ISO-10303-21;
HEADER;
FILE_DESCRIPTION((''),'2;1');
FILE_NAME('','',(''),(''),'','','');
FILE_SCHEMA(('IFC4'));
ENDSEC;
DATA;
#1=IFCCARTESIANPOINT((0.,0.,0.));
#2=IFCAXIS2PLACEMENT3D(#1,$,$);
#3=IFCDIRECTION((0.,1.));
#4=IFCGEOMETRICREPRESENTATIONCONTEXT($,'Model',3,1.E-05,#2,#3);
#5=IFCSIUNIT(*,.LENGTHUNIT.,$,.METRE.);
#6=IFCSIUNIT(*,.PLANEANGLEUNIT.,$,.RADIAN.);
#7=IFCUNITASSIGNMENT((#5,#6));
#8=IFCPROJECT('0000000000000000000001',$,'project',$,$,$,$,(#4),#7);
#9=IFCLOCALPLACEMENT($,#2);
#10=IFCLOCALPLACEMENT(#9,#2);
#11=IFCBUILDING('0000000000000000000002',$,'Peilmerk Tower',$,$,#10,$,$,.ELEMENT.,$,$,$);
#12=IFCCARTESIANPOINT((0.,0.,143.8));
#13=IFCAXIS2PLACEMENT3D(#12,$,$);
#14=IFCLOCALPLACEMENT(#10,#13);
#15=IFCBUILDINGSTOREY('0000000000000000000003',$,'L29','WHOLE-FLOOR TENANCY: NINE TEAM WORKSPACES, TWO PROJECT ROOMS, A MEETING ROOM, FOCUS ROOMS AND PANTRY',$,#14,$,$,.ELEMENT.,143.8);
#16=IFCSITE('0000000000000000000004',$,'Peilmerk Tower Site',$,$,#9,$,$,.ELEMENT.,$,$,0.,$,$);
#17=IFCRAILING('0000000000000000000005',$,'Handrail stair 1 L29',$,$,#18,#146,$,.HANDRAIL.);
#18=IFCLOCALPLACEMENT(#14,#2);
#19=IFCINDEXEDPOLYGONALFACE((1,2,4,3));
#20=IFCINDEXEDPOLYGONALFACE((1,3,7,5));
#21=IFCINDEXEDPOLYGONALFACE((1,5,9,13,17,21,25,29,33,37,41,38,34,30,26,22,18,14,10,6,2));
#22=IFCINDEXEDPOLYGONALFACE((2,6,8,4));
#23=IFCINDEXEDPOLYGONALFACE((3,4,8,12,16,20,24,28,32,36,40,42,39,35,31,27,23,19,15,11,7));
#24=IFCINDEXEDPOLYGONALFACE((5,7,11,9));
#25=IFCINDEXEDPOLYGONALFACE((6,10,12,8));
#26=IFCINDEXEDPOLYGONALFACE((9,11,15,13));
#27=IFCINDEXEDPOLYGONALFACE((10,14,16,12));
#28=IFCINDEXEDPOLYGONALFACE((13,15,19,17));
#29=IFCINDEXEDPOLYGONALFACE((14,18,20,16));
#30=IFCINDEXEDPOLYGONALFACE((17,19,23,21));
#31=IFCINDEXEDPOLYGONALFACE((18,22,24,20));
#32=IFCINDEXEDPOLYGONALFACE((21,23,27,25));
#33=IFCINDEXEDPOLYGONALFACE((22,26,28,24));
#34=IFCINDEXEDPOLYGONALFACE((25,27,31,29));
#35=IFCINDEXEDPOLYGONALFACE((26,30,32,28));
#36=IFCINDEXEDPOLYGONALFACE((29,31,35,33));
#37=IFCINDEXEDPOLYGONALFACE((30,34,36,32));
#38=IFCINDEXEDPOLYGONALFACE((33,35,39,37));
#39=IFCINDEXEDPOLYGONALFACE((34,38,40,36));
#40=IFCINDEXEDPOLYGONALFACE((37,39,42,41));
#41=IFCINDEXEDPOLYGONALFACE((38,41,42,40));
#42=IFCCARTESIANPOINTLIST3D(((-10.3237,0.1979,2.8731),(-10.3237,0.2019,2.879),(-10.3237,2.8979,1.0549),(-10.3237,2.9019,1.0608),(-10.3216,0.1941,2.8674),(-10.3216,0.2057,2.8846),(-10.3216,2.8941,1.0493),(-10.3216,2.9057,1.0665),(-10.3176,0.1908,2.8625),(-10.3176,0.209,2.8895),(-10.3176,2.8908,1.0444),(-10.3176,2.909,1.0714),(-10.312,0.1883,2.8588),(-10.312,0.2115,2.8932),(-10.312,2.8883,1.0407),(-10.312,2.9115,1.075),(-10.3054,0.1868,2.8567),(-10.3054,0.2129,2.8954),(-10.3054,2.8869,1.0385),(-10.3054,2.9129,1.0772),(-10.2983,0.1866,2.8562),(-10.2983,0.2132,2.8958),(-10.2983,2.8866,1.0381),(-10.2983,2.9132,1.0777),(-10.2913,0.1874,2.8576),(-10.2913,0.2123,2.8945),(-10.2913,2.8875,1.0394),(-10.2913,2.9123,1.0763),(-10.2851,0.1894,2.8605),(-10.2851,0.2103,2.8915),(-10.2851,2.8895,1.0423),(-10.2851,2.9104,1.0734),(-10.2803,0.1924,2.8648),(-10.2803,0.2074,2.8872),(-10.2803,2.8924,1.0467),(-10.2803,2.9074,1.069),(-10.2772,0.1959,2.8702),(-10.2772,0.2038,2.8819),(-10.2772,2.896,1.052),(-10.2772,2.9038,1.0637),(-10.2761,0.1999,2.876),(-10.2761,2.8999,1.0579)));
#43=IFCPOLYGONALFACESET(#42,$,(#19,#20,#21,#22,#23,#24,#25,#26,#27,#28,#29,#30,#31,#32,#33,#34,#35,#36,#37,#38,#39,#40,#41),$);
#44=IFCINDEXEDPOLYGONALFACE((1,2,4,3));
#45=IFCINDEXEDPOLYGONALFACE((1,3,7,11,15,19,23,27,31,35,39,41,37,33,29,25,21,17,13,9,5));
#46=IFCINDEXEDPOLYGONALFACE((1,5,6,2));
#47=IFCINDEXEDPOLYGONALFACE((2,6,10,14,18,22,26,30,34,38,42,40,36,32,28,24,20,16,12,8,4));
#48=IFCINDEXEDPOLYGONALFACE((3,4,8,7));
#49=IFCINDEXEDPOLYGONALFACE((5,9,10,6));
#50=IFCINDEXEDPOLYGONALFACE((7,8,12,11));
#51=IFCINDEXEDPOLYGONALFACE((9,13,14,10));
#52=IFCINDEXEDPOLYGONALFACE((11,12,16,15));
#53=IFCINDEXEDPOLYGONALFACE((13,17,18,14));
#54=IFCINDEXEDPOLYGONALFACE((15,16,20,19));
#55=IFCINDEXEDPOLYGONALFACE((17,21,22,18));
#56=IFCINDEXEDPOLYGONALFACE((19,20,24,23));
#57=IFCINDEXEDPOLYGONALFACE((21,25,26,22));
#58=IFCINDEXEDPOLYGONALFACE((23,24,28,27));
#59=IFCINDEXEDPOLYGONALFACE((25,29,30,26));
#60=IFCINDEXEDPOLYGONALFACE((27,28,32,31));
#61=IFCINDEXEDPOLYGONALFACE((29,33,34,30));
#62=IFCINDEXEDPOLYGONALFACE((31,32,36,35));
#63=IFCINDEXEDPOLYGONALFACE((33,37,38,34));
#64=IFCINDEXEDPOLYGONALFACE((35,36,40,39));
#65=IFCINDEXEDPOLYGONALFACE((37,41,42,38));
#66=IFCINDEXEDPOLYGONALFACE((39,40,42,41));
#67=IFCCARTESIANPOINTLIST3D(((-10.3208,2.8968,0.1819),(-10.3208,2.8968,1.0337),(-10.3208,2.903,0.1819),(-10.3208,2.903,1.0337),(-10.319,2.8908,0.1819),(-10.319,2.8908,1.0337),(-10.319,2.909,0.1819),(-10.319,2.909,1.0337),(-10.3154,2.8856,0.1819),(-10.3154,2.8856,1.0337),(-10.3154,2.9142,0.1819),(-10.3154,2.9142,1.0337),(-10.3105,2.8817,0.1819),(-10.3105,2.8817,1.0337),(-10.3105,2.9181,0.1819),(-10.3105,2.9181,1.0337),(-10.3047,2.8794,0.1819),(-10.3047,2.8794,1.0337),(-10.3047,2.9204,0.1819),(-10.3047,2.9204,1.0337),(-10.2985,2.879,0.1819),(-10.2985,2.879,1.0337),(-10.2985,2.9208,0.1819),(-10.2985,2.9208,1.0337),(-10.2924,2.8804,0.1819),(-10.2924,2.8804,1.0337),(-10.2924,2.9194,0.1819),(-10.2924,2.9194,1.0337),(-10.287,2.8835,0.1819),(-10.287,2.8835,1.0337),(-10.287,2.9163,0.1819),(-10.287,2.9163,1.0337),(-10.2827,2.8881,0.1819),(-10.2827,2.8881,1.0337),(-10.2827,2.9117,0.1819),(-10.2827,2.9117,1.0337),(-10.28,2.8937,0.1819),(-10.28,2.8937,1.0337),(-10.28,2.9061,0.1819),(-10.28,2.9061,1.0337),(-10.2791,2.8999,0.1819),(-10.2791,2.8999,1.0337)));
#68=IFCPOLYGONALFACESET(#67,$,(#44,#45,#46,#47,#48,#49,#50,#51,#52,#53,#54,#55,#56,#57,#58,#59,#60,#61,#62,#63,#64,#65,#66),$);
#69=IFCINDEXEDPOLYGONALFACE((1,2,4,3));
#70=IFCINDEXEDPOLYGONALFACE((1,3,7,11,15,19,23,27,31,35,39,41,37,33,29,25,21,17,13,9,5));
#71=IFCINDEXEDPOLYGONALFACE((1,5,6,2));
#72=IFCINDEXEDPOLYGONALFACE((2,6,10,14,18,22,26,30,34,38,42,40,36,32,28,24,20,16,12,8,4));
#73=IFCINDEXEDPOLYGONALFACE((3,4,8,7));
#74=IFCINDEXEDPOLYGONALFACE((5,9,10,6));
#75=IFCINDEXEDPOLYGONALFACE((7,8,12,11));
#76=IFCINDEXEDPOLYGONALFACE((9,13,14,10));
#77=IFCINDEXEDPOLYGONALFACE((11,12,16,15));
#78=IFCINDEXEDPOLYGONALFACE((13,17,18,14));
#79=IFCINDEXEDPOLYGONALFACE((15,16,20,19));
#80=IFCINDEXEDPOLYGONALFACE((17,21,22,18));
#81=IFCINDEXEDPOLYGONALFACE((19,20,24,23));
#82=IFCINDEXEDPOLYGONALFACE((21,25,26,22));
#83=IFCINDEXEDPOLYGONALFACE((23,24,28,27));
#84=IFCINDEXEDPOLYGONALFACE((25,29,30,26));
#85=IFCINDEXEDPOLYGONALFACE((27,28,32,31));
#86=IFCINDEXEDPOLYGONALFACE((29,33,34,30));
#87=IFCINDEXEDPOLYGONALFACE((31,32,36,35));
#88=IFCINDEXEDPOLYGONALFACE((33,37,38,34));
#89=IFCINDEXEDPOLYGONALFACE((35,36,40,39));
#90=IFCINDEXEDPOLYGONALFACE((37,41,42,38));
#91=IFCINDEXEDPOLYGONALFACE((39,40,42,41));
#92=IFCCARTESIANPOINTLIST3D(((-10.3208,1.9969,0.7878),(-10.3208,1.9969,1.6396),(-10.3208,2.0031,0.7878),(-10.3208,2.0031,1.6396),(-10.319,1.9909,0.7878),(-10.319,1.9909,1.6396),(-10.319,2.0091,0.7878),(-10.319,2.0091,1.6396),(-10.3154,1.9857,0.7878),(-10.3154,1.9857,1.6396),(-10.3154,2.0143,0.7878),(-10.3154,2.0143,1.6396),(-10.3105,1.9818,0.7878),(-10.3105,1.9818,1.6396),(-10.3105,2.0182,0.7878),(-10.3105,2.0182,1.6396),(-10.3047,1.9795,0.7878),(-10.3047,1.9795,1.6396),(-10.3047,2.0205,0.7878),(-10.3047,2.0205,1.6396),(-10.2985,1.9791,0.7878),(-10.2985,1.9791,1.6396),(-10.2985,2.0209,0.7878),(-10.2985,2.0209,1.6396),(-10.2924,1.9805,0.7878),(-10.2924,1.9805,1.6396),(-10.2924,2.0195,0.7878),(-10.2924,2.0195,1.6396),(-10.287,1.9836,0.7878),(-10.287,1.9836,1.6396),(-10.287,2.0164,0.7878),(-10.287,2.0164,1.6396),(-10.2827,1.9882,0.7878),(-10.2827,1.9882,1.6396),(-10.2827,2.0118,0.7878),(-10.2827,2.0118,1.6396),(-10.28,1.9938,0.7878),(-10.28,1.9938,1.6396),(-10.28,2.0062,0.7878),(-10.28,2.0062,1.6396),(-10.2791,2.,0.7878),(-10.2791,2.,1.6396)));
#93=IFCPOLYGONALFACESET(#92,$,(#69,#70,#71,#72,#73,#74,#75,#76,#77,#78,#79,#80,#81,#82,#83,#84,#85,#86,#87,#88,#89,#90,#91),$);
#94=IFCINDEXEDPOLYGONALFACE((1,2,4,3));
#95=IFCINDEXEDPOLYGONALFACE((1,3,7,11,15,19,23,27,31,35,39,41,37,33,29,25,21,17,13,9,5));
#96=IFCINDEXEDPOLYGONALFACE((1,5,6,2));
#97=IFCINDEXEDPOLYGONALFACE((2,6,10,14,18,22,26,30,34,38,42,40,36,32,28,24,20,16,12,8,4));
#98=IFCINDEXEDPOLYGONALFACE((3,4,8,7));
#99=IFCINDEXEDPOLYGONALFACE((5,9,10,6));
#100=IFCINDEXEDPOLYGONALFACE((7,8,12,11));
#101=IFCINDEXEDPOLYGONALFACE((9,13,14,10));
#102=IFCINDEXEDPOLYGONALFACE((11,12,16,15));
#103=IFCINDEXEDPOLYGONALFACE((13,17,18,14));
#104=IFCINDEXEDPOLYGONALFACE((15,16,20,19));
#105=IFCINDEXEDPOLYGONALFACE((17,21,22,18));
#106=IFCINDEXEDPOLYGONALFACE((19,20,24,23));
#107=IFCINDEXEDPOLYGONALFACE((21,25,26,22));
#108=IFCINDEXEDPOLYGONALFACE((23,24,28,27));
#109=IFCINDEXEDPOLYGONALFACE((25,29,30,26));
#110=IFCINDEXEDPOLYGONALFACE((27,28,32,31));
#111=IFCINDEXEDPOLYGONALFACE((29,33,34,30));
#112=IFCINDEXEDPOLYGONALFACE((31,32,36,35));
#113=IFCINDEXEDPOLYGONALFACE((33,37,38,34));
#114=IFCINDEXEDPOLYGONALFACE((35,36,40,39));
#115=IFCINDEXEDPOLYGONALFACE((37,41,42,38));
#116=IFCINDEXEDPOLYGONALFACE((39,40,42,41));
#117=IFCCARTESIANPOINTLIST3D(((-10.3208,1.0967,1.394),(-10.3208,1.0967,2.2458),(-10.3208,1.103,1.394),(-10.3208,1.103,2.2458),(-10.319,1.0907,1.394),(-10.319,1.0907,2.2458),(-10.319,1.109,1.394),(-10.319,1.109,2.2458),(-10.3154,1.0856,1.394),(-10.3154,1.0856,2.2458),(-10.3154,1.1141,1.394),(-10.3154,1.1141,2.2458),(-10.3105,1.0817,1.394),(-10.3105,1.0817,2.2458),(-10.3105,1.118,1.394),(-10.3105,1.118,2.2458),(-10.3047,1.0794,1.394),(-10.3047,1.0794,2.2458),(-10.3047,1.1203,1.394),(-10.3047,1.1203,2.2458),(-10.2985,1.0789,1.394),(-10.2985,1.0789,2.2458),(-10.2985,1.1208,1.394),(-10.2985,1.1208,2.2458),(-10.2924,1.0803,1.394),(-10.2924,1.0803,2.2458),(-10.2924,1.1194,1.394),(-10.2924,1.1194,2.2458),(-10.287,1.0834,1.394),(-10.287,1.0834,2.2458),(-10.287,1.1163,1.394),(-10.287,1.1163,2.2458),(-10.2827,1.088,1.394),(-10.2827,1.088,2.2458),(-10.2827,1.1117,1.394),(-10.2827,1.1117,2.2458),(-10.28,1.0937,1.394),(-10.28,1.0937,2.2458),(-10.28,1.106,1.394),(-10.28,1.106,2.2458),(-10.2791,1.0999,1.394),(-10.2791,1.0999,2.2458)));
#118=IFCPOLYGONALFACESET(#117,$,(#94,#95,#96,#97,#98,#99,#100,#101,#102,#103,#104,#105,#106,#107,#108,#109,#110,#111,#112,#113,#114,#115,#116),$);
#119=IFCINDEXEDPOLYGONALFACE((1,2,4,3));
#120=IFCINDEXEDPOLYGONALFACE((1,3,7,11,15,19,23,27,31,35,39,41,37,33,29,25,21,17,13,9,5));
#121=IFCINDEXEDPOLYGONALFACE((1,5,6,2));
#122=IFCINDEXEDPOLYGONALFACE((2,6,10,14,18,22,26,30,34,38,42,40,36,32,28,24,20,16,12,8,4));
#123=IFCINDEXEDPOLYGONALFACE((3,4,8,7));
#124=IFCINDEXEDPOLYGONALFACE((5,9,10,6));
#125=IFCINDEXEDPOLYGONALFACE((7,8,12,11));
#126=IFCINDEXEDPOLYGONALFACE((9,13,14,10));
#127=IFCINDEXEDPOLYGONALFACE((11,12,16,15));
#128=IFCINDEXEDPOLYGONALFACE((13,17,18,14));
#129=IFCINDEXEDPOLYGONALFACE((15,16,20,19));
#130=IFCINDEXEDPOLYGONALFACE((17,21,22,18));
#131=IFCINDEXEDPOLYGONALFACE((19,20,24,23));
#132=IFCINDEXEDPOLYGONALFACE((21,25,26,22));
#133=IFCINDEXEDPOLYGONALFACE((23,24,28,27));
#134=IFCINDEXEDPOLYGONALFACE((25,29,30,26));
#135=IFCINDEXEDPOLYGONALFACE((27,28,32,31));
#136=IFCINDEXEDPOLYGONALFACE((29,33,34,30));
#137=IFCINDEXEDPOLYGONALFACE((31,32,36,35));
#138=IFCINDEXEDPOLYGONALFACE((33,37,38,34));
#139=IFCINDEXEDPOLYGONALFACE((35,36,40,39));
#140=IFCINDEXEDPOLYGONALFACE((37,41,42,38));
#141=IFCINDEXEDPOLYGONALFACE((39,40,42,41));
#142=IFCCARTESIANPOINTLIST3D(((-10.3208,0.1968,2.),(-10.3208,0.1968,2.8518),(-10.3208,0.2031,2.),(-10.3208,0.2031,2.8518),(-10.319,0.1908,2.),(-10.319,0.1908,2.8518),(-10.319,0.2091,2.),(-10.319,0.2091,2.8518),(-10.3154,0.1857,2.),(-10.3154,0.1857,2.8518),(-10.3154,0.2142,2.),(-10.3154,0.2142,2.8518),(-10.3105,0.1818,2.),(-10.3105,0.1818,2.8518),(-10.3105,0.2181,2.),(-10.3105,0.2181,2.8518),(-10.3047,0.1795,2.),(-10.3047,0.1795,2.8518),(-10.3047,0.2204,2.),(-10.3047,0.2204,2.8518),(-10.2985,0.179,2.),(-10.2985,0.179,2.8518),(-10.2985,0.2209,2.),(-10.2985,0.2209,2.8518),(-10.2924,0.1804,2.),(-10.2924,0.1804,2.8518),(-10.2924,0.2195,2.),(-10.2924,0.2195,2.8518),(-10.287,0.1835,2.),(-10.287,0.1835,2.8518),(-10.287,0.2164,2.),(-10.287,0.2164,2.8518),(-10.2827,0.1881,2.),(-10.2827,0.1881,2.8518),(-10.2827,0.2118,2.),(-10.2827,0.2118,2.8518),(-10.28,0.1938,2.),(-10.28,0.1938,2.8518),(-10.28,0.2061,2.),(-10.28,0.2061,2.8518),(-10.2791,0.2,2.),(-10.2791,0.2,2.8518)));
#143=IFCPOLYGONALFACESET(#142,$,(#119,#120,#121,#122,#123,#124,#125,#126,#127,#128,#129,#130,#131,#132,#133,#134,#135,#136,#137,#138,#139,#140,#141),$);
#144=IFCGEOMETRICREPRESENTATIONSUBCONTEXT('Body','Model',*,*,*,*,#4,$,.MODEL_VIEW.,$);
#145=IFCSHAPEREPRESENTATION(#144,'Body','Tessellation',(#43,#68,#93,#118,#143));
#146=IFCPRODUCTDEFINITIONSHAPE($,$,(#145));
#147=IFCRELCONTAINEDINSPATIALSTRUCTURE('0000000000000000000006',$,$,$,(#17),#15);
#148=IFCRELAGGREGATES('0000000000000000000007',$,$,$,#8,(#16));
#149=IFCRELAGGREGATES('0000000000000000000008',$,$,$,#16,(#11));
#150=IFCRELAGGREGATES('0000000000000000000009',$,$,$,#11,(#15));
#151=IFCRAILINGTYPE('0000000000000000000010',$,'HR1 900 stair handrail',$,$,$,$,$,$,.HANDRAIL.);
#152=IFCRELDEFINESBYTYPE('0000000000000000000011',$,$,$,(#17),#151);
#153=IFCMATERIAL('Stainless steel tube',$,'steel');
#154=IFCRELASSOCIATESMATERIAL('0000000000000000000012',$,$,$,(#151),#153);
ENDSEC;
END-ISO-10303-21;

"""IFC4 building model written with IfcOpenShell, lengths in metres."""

from ifc_helpers import new_model, si_unit, direction, frame, origin, origin_2d, place, context, subcontext, project, spatial, circle, extrude, material, type_object, element, save


model = new_model("IFC4")

# Units and contexts
model_context = context("Model", 3, precision=1e-05, world=origin(), true_north=direction((0.0, 1.0)))
body_context = subcontext(model_context, "Body", "Model", "MODEL_VIEW")
ifc_project = project(units=[si_unit("LENGTHUNIT", "METRE"), si_unit("PLANEANGLEUNIT", "RADIAN")], contexts=[model_context])

# Site, building, storey
site_placement = place(None, origin())
site = spatial("IfcSite", under=ifc_project, at=site_placement, Name="Peilmerk Tower Site", CompositionType="ELEMENT", RefElevation=0.0)
building_placement = place(site_placement, origin())
building = spatial("IfcBuilding", under=site, at=building_placement, Name="Peilmerk Tower", CompositionType="ELEMENT")
storey_placement = place(building_placement, frame((0.0, 0.0, 143.8)))
storey = spatial("IfcBuildingStorey", under=building, at=storey_placement, Name="L29", Description="WHOLE-FLOOR TENANCY: NINE TEAM WORKSPACES, TWO PROJECT ROOMS, A MEETING ROOM, FOCUS ROOMS AND PANTRY", CompositionType="ELEMENT", Elevation=143.8)

# Railing
ifc_material_1 = material(Name="Stainless steel tube", Category="steel")
railing_type_1 = type_object("IfcRailingType", Name="HR1 900 stair handrail", PredefinedType="HANDRAIL", material=ifc_material_1)
railing_1_placement = place(storey_placement, frame((-10.3, 2.8999, 0.1819)))
element("IfcRailing", 1, at=railing_1_placement, inside=storey, type_object=railing_type_1, Name="Handrail stair 1 L29", PredefinedType="HANDRAIL", context=body_context, shape_type="SweptSolid", body=[
    extrude(circle(Radius=0.0239, at=origin_2d()), frame((0.0, 0.0, 0.876), z_axis=(0.0, -0.829468, 0.558554), x_axis=(1.0, 0.0, 0.0)), (0.0, 0.0, 1.0), 3.2551),
    extrude(circle(Radius=0.021, at=origin_2d()), origin(), (0.0, 0.0, 1.0), 0.8518),
    extrude(circle(Radius=0.021, at=origin_2d()), frame((0.0, -0.8999, 0.606)), (0.0, 0.0, 1.0), 0.8518),
    extrude(circle(Radius=0.021, at=origin_2d()), frame((0.0, -1.8, 1.2122)), (0.0, 0.0, 1.0), 0.8518),
    extrude(circle(Radius=0.021, at=origin_2d()), frame((0.0, -2.7, 1.8181)), (0.0, 0.0, 1.0), 0.8518),
])

save(model, "model.ifc")
